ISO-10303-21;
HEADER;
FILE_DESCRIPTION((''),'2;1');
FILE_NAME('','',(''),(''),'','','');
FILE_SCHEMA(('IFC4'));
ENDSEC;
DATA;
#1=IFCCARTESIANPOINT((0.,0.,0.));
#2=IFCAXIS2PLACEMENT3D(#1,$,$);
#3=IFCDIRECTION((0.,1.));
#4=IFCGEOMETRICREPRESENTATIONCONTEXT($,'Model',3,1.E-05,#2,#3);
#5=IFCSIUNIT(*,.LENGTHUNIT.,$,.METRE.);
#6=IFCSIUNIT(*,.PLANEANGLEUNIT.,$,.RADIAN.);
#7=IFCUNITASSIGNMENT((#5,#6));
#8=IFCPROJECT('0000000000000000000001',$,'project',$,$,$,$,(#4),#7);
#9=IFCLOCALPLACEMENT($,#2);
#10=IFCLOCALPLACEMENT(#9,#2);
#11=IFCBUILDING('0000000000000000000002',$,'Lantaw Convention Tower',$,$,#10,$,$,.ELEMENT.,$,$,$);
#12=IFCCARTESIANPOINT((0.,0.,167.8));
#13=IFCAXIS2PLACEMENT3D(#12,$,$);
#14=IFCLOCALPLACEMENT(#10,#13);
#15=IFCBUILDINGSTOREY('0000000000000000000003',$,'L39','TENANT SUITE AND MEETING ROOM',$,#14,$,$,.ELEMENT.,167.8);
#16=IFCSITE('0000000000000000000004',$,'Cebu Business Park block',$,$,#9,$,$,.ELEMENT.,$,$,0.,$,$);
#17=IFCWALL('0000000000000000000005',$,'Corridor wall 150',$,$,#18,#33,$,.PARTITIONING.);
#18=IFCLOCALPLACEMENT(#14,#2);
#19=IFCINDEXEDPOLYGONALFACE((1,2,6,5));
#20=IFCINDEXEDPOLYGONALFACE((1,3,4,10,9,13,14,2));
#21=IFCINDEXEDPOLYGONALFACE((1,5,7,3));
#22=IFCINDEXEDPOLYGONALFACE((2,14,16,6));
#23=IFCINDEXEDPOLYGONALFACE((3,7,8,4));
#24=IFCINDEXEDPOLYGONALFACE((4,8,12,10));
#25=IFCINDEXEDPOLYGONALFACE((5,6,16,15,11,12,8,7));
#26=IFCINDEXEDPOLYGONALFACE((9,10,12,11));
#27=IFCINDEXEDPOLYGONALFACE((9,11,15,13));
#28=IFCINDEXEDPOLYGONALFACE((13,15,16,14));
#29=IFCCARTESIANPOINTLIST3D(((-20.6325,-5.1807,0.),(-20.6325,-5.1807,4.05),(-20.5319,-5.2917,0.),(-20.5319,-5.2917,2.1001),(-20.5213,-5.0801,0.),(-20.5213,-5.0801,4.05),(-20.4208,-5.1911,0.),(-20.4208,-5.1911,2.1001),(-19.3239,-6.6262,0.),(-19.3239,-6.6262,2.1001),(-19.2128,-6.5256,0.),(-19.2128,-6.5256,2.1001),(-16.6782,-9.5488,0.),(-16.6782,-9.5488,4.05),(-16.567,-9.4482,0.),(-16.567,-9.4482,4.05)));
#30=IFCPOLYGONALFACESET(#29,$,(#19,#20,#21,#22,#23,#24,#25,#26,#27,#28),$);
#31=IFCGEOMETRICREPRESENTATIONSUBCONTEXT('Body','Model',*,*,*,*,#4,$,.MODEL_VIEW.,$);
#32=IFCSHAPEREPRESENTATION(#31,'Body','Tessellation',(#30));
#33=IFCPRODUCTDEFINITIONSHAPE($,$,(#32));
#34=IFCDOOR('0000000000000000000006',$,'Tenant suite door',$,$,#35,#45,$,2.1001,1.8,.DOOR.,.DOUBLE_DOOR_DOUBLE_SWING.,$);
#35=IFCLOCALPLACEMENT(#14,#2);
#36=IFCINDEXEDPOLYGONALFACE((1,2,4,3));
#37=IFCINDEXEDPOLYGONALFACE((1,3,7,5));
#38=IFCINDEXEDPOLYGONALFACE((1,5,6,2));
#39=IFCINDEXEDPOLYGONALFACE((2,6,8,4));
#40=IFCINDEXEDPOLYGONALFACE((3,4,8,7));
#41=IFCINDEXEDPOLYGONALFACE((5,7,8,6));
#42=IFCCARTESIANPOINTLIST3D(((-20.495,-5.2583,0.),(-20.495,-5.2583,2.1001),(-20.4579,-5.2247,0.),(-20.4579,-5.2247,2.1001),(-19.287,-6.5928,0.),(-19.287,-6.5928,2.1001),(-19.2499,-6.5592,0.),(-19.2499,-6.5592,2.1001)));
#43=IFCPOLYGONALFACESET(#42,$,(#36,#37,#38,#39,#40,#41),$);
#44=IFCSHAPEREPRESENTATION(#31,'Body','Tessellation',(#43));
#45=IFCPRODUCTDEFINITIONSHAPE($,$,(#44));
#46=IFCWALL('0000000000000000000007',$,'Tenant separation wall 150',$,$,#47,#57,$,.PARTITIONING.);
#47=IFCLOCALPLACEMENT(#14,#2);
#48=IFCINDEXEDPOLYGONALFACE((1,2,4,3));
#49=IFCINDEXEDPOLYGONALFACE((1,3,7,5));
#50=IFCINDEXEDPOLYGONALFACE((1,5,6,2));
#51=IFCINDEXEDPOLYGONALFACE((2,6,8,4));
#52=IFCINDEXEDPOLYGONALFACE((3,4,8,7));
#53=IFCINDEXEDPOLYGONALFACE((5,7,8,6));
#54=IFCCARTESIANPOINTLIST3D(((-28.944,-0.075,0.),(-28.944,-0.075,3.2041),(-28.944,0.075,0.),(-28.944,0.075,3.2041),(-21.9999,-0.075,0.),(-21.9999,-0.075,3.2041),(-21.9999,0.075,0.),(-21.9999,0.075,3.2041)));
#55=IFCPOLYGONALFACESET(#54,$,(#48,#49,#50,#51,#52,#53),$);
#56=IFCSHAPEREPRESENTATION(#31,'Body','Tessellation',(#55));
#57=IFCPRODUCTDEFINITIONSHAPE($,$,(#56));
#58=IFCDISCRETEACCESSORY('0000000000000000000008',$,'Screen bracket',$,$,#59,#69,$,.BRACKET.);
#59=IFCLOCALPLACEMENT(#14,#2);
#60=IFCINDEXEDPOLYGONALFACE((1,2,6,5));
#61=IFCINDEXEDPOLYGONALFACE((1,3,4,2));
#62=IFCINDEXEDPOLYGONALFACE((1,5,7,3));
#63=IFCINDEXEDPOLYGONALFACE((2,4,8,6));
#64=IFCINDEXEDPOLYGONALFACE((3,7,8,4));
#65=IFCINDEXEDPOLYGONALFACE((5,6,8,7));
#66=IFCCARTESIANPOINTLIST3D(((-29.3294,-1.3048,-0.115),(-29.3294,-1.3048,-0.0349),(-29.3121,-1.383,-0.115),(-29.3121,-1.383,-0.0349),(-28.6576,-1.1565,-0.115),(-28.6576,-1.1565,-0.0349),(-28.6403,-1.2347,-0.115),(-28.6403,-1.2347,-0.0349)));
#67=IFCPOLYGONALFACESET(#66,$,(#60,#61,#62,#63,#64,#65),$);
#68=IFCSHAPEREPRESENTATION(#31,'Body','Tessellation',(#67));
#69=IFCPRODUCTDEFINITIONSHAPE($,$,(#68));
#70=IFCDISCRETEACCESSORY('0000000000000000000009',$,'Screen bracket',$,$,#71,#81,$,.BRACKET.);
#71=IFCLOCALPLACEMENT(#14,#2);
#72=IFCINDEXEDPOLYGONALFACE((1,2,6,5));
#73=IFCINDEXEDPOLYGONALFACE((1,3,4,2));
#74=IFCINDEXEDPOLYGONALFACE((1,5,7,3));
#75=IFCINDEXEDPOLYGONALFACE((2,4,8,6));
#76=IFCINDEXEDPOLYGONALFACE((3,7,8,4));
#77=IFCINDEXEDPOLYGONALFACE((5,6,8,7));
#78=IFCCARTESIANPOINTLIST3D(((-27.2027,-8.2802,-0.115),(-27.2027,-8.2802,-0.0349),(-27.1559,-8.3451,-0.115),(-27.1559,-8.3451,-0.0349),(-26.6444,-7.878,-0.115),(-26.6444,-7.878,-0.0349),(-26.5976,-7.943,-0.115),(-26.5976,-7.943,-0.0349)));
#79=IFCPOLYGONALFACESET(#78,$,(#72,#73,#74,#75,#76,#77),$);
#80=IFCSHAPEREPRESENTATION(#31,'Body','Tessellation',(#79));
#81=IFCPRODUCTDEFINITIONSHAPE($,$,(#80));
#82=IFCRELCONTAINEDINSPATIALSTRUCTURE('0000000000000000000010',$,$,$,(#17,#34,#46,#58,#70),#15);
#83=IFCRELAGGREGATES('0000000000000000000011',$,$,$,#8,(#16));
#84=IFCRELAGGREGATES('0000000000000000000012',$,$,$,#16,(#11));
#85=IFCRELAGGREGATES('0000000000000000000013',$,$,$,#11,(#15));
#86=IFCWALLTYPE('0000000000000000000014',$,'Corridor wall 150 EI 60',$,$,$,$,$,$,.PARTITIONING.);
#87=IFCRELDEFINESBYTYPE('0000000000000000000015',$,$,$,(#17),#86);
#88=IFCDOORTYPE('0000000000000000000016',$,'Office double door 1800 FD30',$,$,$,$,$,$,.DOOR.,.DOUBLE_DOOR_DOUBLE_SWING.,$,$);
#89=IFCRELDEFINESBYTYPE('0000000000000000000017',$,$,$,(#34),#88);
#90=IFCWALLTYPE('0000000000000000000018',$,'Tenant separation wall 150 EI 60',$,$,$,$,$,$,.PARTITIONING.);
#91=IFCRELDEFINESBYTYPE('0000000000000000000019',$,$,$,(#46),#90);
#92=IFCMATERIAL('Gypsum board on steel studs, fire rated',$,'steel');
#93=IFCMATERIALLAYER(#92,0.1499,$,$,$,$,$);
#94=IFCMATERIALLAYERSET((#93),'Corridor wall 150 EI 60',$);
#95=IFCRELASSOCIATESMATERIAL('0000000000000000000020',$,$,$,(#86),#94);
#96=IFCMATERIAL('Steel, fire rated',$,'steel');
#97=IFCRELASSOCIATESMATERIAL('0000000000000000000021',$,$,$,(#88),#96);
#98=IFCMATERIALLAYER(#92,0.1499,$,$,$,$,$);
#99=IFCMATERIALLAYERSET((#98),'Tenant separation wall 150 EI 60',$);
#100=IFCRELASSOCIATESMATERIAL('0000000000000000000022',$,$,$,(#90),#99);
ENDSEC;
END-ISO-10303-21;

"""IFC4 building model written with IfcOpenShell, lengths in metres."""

from ifc_helpers import new_model, si_unit, direction, frame, frame_2d, origin, origin_2d, place, context, subcontext, project, spatial, rectangle, extrude, material, layer, layer_set, type_object, element, fill, save


model = new_model("IFC4")

# Units and contexts
model_context = context("Model", 3, precision=1e-05, world=origin(), true_north=direction((0.0, 1.0)))
body_context = subcontext(model_context, "Body", "Model", "MODEL_VIEW")
ifc_project = project(units=[si_unit("LENGTHUNIT", "METRE"), si_unit("PLANEANGLEUNIT", "RADIAN")], contexts=[model_context])

# Site, building, storey
site_placement = place(None, origin())
site = spatial("IfcSite", under=ifc_project, at=site_placement, Name="Cebu Business Park block", CompositionType="ELEMENT", RefElevation=0.0)
building_placement = place(site_placement, origin())
building = spatial("IfcBuilding", under=site, at=building_placement, Name="Lantaw Convention Tower", CompositionType="ELEMENT")
storey_placement = place(building_placement, frame((0.0, 0.0, 167.8)))
storey = spatial("IfcBuildingStorey", under=building, at=storey_placement, Name="L39", Description="TENANT SUITE AND MEETING ROOM", CompositionType="ELEMENT", Elevation=167.8)

# Shared definitions
ifc_material_1 = material(Name="Gypsum board on steel studs, fire rated", Category="steel")
ifc_layer_1 = layer(ifc_material_1, 0.1499)
ifc_layer_set_1 = layer_set([ifc_layer_1], Name="Corridor wall 150 EI 60")
wall_type_1 = type_object("IfcWallType", Name="Corridor wall 150 EI 60", PredefinedType="PARTITIONING", material=ifc_layer_set_1)

# Wall, opening, door
wall_1_placement = place(storey_placement, frame((-20.5769, -5.1304, 0.0), z_axis=(0.0, 0.0, 1.0), x_axis=(0.671118, -0.74135, 0.0)))
wall_1 = element("IfcWall", 1, at=wall_1_placement, inside=storey, type_object=wall_type_1, Name="Corridor wall 150", PredefinedType="PARTITIONING", context=body_context, shape_type="SweptSolid", body=[
    extrude(rectangle(XDim=5.8921, YDim=0.1499, at=frame_2d((2.946, 0.0))), origin(), (0.0, 0.0, 1.0), 4.05),
])
opening_placement = place(wall_1_placement, frame((0.1499, 0.0, 0.0)))
opening = element("IfcOpeningElement", 2, at=opening_placement, cuts=wall_1, PredefinedType="OPENING", context=body_context, shape_type="SweptSolid", body=[
    extrude(rectangle(XDim=1.8, YDim=2.1001, at=frame_2d((0.8999, 1.05))), frame((0.0, 0.085, 0.0), z_axis=(0.0, -1.0, 0.0), x_axis=(1.0, 0.0, 0.0)), (0.0, 0.0, 1.0), 0.1699),
])
ifc_material_2 = material(Name="Steel, fire rated", Category="steel")
door_type = type_object("IfcDoorType", Name="Office double door 1800 FD30", OperationType="DOUBLE_DOOR_DOUBLE_SWING", PredefinedType="DOOR", material=ifc_material_2)
door_placement = place(opening_placement, origin())
door = element("IfcDoor", 3, at=door_placement, inside=storey, type_object=door_type, Name="Tenant suite door", OperationType="DOUBLE_DOOR_DOUBLE_SWING", OverallHeight=2.1001, OverallWidth=1.8, PredefinedType="DOOR", context=body_context, shape_type="SweptSolid", body=[
    extrude(rectangle(XDim=1.8, YDim=2.1001, at=frame_2d((0.8999, 1.05))), frame((0.0, 0.0249, 0.0), z_axis=(0.0, -1.0, 0.0), x_axis=(1.0, 0.0, 0.0)), (0.0, 0.0, 1.0), 0.05),
])
fill(opening, door)

# Wall
ifc_layer_2 = layer(ifc_material_1, 0.1499)
ifc_layer_set_2 = layer_set([ifc_layer_2], Name="Tenant separation wall 150 EI 60")
wall_type_2 = type_object("IfcWallType", Name="Tenant separation wall 150 EI 60", PredefinedType="PARTITIONING", material=ifc_layer_set_2)
wall_2_placement = place(storey_placement, frame((-28.9441, 0.0, 0.0), z_axis=(0.0, 0.0, 1.0), x_axis=(1.0, 0.0, 0.0)))
element("IfcWall", 4, at=wall_2_placement, inside=storey, type_object=wall_type_2, Name="Tenant separation wall 150", PredefinedType="PARTITIONING", context=body_context, shape_type="SweptSolid", body=[
    extrude(rectangle(XDim=6.9441, YDim=0.1499, at=frame_2d((3.4722, 0.0))), origin(), (0.0, 0.0, 1.0), 3.2041),
])

# Discrete accessories
for number, where, z_axis, x_axis, name in (
    (5, (-28.9849, -1.2698, -0.115), (0.0, 0.0, 1.0), (0.215546, -0.976494, 0.0), "Screen bracket"),
    (6, (-26.9001, -8.1116, -0.115), (0.0, 0.0, 1.0), (0.584513, -0.811385, 0.0), "Screen bracket"),
):
    element("IfcDiscreteAccessory", number, at=place(storey_placement, frame(where, z_axis=z_axis, x_axis=x_axis)), inside=storey, Name=name, PredefinedType="BRACKET", context=body_context, shape_type="SweptSolid", body=[
        extrude(rectangle(XDim=0.0801, YDim=0.688, at=origin_2d()), origin(), (0.0, 0.0, 1.0), 0.0801),
    ])

save(model, "model.ifc")
